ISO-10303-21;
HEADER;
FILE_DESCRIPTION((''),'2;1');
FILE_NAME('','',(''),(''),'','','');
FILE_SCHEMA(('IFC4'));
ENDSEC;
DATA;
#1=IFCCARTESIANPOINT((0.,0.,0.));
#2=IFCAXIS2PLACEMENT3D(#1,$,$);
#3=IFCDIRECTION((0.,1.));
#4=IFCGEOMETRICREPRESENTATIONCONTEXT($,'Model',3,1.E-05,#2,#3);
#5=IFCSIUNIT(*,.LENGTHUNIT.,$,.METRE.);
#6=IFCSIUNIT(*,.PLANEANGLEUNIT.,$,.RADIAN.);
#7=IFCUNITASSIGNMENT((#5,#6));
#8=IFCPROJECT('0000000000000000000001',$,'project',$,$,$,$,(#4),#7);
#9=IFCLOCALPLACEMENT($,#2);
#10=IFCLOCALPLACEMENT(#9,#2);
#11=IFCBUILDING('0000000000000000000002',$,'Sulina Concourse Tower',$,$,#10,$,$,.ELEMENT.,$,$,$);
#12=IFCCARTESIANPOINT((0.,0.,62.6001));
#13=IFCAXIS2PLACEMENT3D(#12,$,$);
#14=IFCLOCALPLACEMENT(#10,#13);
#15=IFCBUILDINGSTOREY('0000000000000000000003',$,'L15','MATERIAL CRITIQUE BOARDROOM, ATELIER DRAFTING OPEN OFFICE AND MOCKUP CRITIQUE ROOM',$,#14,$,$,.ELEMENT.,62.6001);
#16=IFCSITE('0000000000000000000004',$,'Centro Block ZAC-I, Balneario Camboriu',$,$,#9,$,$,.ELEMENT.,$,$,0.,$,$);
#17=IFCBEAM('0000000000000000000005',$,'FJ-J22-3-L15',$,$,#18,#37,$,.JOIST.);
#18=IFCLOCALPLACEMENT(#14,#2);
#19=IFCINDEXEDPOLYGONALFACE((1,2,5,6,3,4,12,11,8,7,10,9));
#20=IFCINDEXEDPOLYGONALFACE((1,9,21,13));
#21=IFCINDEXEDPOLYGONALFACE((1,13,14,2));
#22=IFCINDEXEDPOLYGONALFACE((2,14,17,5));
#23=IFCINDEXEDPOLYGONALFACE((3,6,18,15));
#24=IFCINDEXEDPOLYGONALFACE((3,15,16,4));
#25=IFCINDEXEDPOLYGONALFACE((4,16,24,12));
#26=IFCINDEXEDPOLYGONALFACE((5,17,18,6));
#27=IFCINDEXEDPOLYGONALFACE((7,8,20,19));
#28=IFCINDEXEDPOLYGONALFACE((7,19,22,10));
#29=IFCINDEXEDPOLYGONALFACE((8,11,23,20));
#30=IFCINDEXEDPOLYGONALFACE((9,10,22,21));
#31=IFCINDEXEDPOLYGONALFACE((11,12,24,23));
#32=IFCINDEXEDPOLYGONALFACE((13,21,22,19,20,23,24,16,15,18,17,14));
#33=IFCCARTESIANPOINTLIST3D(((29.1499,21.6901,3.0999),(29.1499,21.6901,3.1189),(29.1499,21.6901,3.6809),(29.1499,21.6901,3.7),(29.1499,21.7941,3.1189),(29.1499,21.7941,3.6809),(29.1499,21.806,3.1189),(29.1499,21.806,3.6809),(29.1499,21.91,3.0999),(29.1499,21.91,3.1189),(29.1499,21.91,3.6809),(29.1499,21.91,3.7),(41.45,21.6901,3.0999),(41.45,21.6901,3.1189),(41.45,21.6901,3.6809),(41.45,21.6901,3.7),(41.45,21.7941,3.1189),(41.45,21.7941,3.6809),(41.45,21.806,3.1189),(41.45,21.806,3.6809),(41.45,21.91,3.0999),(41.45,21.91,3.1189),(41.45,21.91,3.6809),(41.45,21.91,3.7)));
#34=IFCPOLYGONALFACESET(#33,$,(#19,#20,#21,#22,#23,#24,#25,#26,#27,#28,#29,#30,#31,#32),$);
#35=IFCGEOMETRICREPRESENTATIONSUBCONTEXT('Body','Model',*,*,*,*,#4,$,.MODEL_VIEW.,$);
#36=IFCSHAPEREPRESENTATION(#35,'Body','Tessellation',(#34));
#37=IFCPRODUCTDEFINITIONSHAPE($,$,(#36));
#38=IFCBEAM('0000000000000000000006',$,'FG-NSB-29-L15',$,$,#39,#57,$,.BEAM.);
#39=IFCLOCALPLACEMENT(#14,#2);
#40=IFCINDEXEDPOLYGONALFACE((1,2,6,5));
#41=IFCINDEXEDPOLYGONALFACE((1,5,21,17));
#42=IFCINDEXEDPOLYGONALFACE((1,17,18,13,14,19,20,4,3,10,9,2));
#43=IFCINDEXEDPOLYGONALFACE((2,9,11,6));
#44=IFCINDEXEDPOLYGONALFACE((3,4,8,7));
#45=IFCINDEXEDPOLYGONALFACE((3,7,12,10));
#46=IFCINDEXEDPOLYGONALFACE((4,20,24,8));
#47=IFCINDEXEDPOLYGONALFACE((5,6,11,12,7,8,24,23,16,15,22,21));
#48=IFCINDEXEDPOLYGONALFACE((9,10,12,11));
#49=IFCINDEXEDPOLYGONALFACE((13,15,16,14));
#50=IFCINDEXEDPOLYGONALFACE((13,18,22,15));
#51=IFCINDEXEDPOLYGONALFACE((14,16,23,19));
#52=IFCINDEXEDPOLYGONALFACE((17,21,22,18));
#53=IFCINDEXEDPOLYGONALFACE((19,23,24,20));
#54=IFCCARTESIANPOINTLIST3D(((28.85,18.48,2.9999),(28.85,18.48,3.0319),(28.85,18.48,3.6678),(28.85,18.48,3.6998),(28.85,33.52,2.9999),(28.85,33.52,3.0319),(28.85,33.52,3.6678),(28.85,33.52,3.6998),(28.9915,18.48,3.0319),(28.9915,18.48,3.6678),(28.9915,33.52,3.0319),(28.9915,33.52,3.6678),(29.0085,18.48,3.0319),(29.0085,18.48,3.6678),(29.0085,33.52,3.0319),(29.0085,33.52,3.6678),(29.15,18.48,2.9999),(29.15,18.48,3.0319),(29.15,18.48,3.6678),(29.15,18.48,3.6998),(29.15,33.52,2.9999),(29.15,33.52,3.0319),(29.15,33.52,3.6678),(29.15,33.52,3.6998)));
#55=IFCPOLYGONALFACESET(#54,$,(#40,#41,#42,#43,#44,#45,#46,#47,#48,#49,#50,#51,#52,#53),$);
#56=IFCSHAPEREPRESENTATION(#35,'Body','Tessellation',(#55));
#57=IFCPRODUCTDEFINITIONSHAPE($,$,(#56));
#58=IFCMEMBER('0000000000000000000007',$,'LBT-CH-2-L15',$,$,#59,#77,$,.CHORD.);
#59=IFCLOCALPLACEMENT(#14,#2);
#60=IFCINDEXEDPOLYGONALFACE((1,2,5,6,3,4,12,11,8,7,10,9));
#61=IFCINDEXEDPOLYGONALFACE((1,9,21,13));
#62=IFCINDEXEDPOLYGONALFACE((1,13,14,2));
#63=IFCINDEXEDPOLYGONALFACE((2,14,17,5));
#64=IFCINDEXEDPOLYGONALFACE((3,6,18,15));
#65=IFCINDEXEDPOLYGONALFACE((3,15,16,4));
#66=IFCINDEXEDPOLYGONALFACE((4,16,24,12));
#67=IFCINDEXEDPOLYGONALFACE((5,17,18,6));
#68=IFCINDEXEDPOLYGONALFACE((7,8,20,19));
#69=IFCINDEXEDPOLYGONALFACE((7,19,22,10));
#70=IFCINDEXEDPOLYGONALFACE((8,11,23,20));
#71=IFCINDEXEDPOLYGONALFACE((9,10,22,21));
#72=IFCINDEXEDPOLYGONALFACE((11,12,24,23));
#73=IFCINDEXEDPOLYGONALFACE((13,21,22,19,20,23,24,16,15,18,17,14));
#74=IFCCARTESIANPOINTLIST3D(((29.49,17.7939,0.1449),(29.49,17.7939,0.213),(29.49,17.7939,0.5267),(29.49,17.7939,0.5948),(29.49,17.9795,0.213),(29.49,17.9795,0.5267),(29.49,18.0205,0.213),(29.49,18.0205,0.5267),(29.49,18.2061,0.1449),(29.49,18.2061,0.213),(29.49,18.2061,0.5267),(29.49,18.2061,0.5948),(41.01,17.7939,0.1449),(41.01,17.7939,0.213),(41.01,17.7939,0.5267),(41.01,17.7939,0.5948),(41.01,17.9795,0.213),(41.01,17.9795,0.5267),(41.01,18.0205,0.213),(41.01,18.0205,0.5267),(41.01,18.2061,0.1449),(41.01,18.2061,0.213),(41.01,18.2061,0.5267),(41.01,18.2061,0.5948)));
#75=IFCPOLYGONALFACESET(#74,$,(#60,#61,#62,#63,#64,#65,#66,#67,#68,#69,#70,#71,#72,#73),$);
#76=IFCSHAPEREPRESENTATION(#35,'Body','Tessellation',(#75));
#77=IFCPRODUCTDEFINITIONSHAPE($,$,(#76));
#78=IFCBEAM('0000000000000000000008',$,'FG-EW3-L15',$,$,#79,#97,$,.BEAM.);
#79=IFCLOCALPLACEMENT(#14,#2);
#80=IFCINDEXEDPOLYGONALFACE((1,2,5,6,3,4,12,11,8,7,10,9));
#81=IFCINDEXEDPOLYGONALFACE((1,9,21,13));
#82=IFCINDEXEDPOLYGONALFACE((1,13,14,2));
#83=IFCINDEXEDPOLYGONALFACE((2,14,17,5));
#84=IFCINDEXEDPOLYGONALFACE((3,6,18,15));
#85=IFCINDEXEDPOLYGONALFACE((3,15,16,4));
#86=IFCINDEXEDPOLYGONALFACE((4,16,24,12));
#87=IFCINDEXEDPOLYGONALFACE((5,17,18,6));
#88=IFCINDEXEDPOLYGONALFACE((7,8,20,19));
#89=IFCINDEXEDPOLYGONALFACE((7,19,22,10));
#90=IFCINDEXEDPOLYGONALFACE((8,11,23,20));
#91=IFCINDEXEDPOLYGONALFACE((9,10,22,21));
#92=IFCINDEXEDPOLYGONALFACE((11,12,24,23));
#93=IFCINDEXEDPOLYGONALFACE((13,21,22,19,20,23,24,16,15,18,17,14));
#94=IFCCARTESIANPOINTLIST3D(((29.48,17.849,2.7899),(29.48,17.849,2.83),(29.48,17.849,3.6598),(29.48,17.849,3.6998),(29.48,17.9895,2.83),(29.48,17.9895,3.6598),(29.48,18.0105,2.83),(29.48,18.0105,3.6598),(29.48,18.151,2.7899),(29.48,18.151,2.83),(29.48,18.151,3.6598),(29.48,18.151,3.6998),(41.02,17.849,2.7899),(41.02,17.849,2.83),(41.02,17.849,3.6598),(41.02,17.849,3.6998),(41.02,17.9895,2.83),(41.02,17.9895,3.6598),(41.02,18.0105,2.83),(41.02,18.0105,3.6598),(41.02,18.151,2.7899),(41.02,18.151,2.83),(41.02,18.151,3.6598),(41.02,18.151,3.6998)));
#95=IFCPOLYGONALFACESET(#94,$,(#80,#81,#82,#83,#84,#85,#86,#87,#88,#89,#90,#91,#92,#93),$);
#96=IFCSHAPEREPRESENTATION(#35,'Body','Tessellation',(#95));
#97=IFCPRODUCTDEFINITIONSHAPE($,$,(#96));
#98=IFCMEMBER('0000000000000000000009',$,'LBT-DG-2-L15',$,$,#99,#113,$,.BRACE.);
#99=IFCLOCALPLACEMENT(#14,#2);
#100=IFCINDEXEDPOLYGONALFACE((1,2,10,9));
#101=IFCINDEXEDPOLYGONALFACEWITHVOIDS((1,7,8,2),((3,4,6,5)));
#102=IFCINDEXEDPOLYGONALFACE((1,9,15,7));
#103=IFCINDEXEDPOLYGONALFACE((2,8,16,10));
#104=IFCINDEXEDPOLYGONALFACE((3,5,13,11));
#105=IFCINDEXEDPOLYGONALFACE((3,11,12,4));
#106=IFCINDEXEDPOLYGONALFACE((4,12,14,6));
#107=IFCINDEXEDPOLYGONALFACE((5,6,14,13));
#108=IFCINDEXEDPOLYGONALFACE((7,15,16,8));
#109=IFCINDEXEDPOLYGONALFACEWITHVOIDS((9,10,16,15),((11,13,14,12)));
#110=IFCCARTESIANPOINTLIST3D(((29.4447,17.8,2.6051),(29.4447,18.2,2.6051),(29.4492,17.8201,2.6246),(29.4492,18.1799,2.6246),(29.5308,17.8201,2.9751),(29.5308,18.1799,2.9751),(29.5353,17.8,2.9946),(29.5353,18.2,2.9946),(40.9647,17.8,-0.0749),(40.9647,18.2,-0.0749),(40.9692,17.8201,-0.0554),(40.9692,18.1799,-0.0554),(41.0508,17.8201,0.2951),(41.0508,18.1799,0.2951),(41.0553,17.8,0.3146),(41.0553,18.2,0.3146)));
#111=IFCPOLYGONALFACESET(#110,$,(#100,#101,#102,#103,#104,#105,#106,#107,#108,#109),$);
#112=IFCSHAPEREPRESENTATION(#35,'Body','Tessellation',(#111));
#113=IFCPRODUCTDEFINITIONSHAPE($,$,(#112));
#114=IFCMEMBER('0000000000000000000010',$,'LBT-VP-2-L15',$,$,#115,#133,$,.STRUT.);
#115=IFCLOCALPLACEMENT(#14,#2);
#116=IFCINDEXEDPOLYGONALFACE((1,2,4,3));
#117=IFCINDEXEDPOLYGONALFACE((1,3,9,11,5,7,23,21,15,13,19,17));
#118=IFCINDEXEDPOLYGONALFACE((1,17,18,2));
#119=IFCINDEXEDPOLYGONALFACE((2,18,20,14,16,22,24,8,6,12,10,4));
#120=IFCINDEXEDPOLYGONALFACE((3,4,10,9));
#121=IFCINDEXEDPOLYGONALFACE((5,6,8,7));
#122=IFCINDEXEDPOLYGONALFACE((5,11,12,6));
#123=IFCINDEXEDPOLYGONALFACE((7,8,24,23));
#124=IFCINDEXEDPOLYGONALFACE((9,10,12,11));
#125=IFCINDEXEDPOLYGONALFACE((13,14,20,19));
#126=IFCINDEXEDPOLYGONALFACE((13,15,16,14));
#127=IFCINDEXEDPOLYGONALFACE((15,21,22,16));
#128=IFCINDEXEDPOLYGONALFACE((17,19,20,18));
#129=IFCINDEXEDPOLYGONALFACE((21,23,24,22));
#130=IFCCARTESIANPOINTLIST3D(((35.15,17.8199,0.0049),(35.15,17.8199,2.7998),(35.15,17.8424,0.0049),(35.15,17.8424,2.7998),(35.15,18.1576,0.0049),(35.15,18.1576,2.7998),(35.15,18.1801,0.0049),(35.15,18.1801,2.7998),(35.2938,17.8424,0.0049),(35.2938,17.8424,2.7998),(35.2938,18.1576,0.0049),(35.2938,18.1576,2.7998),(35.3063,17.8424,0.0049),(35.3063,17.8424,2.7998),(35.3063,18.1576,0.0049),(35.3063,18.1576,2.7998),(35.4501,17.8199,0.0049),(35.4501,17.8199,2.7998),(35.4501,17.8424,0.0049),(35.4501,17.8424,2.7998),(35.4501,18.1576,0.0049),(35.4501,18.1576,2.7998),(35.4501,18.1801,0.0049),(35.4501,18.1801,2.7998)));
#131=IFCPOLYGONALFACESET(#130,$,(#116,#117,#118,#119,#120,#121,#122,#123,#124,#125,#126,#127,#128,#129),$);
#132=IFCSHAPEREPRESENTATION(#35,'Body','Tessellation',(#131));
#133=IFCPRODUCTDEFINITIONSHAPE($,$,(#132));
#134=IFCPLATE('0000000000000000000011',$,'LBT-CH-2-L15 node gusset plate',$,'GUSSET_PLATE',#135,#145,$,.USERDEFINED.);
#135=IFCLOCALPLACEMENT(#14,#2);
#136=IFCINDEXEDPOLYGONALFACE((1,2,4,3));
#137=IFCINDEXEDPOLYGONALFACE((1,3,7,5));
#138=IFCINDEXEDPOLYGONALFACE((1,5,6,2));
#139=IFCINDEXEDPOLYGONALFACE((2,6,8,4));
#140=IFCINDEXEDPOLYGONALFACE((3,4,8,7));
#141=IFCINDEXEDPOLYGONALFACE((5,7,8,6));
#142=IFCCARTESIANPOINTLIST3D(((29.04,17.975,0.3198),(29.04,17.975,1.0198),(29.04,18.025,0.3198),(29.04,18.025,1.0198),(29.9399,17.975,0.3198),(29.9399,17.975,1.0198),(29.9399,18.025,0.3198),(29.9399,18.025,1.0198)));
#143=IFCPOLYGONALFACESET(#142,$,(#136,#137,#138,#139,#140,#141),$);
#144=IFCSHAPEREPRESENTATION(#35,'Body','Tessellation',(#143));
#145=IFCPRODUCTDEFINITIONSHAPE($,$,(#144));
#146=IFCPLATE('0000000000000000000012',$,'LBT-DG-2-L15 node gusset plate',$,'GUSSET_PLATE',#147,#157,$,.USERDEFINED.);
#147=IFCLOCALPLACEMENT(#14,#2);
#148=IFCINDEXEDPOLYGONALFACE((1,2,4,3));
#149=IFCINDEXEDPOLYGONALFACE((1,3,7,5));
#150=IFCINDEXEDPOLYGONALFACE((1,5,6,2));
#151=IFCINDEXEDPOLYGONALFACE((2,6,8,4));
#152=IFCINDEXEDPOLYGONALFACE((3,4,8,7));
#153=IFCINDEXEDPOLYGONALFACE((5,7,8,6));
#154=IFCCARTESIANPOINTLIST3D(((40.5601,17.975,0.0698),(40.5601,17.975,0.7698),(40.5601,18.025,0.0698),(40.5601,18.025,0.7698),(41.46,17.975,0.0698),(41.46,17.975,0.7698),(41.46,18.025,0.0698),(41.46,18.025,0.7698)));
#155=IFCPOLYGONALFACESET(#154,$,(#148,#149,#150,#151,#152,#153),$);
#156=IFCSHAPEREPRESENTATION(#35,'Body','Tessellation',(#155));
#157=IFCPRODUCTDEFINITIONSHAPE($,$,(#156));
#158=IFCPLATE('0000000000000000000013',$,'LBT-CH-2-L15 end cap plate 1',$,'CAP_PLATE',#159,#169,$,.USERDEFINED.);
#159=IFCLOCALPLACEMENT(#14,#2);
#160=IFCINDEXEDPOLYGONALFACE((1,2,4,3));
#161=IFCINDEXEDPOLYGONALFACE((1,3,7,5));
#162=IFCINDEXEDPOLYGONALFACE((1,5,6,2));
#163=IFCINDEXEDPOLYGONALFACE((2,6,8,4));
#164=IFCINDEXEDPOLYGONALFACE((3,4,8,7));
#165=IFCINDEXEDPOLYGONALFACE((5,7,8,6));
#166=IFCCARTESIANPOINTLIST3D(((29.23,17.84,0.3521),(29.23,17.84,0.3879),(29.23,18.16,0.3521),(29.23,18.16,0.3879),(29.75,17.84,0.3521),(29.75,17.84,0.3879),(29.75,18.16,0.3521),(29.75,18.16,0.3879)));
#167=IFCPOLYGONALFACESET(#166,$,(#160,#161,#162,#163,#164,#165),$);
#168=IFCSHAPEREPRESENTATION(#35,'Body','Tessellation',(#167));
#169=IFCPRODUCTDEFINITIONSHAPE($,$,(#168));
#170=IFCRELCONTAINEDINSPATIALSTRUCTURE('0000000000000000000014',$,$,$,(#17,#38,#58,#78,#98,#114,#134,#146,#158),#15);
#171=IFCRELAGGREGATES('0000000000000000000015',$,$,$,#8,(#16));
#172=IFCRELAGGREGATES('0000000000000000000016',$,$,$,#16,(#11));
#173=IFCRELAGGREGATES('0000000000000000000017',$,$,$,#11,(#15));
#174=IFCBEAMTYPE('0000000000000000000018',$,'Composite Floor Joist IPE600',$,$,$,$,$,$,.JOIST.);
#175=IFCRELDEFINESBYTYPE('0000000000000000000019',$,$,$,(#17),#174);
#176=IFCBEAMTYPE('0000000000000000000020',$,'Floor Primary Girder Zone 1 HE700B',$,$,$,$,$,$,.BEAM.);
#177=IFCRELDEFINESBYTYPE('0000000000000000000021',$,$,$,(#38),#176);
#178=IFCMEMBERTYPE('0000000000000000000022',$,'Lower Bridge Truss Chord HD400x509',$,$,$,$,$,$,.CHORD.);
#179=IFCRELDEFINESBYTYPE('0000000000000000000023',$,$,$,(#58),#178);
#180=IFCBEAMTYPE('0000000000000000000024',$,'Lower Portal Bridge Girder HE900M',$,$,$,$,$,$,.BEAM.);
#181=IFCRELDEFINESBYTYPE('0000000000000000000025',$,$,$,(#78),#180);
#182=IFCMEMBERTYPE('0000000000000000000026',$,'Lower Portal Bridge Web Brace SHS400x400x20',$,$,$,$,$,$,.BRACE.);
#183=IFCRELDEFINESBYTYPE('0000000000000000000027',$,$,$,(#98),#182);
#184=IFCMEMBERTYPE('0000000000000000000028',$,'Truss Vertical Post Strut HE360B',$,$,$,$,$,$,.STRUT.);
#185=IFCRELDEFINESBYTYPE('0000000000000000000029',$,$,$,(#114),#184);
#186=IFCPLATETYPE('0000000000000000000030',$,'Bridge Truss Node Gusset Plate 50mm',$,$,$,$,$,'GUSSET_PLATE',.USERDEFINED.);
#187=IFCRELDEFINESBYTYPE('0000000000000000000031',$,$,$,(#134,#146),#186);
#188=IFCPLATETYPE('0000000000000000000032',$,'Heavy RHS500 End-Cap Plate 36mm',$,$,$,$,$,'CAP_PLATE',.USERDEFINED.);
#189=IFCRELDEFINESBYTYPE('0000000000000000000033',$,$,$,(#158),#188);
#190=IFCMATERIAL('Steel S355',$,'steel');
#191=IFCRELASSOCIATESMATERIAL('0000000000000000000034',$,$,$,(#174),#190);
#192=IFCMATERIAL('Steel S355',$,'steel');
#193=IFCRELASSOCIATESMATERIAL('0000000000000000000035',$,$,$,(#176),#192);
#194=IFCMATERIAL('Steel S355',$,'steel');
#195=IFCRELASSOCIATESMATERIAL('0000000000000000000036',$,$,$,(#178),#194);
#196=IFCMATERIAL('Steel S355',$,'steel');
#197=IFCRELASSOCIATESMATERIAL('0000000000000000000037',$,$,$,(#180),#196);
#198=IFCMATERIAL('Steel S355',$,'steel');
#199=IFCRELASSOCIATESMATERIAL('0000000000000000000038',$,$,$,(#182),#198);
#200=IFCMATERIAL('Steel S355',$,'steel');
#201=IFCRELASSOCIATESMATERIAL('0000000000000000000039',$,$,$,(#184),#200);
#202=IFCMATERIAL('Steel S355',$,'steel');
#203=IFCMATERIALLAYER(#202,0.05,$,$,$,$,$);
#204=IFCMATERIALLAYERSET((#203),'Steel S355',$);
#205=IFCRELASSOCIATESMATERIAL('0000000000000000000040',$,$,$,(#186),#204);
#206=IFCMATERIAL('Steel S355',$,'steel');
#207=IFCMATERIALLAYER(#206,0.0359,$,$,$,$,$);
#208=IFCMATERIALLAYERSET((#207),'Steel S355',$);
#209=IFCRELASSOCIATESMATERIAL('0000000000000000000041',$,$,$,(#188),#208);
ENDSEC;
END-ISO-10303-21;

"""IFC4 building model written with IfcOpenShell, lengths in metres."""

from ifc_helpers import new_model, si_unit, direction, frame, origin, origin_2d, place, context, subcontext, project, spatial, rectangle, hollow_rectangle, i_section, extrude, material, layer, layer_set, material_profile, profile_set, type_object, element, save


model = new_model("IFC4")

# Units and contexts
model_context = context("Model", 3, precision=1e-05, world=origin(), true_north=direction((0.0, 1.0)))
body_context = subcontext(model_context, "Body", "Model", "MODEL_VIEW")
ifc_project = project(units=[si_unit("LENGTHUNIT", "METRE"), si_unit("PLANEANGLEUNIT", "RADIAN")], contexts=[model_context])

# Site, building, storey
site_placement = place(None, origin())
site = spatial("IfcSite", under=ifc_project, at=site_placement, Name="Centro Block ZAC-I, Balneario Camboriu", CompositionType="ELEMENT", RefElevation=0.0)
building_placement = place(site_placement, origin())
building = spatial("IfcBuilding", under=site, at=building_placement, Name="Sulina Concourse Tower", CompositionType="ELEMENT")
storey_placement = place(building_placement, frame((0.0, 0.0, 62.6001)))
storey = spatial("IfcBuildingStorey", under=building, at=storey_placement, Name="L15", Description="MATERIAL CRITIQUE BOARDROOM, ATELIER DRAFTING OPEN OFFICE AND MOCKUP CRITIQUE ROOM", CompositionType="ELEMENT", Elevation=62.6001)

# Beams
ifc_material_1 = material(Name="Steel S355", Category="steel")
ifc_material_profile_1 = material_profile(ifc_material_1, i_section(OverallWidth=0.22, OverallDepth=0.6001, WebThickness=0.012, FlangeThickness=0.019, at=origin_2d()), Name="IPE 600")
ifc_profile_set_1 = profile_set([ifc_material_profile_1], Name="Steel S355")
beam_type_1 = type_object("IfcBeamType", Name="Composite Floor Joist IPE600", PredefinedType="JOIST", material=ifc_profile_set_1)
beam_1_placement = place(storey_placement, frame((29.1499, 21.8, 3.3999), z_axis=(1.0, 0.0, 0.0), x_axis=(0.0, 1.0, 0.0)))
element("IfcBeam", 1, at=beam_1_placement, inside=storey, type_object=beam_type_1, Name="FJ-J22-3-L15", PredefinedType="JOIST", context=body_context, shape_type="SweptSolid", body=[
    extrude(i_section(OverallWidth=0.22, OverallDepth=0.6001, WebThickness=0.012, FlangeThickness=0.019, at=origin_2d()), origin(), (0.0, 0.0, 1.0), 12.3),
])
ifc_material_2 = material(Name="Steel S355", Category="steel")
ifc_material_profile_2 = material_profile(ifc_material_2, i_section(OverallWidth=0.3, OverallDepth=0.7, WebThickness=0.0171, FlangeThickness=0.032, at=origin_2d()), Name="HE 700 B")
ifc_profile_set_2 = profile_set([ifc_material_profile_2], Name="Steel S355")
beam_type_2 = type_object("IfcBeamType", Name="Floor Primary Girder Zone 1 HE700B", PredefinedType="BEAM", material=ifc_profile_set_2)
beam_2_placement = place(storey_placement, frame((29.0, 18.48, 3.3499), z_axis=(0.0, 1.0, 0.0), x_axis=(-1.0, 0.0, 0.0)))
element("IfcBeam", 2, at=beam_2_placement, inside=storey, type_object=beam_type_2, Name="FG-NSB-29-L15", PredefinedType="BEAM", context=body_context, shape_type="SweptSolid", body=[
    extrude(i_section(OverallWidth=0.3, OverallDepth=0.7, WebThickness=0.0171, FlangeThickness=0.032, at=origin_2d()), origin(), (0.0, 0.0, 1.0), 15.04),
])

# Member
ifc_material_3 = material(Name="Steel S355", Category="steel")
ifc_material_profile_3 = material_profile(ifc_material_3, i_section(OverallWidth=0.4121, OverallDepth=0.45, WebThickness=0.041, FlangeThickness=0.0681, at=origin_2d()), Name="HD 400x509")
ifc_profile_set_3 = profile_set([ifc_material_profile_3], Name="Steel S355")
member_type_1 = type_object("IfcMemberType", Name="Lower Bridge Truss Chord HD400x509", PredefinedType="CHORD", material=ifc_profile_set_3)
member_1_placement = place(storey_placement, frame((29.49, 18.0, 0.3699), z_axis=(1.0, 0.0, 0.0), x_axis=(0.0, 1.0, 0.0)))
element("IfcMember", 3, at=member_1_placement, inside=storey, type_object=member_type_1, Name="LBT-CH-2-L15", PredefinedType="CHORD", context=body_context, shape_type="SweptSolid", body=[
    extrude(i_section(OverallWidth=0.4121, OverallDepth=0.45, WebThickness=0.041, FlangeThickness=0.0681, at=origin_2d()), origin(), (0.0, 0.0, 1.0), 11.52),
])

# Beam
ifc_material_4 = material(Name="Steel S355", Category="steel")
ifc_material_profile_4 = material_profile(ifc_material_4, i_section(OverallWidth=0.302, OverallDepth=0.9099, WebThickness=0.021, FlangeThickness=0.04, at=origin_2d()), Name="HE 900 M")
ifc_profile_set_4 = profile_set([ifc_material_profile_4], Name="Steel S355")
beam_type_3 = type_object("IfcBeamType", Name="Lower Portal Bridge Girder HE900M", PredefinedType="BEAM", material=ifc_profile_set_4)
beam_3_placement = place(storey_placement, frame((29.48, 18.0, 3.2449), z_axis=(1.0, 0.0, 0.0), x_axis=(0.0, 1.0, 0.0)))
element("IfcBeam", 4, at=beam_3_placement, inside=storey, type_object=beam_type_3, Name="FG-EW3-L15", PredefinedType="BEAM", context=body_context, shape_type="SweptSolid", body=[
    extrude(i_section(OverallWidth=0.302, OverallDepth=0.9099, WebThickness=0.021, FlangeThickness=0.04, at=origin_2d()), origin(), (0.0, 0.0, 1.0), 11.54),
])

# Members
ifc_material_5 = material(Name="Steel S355", Category="steel")
ifc_material_profile_5 = material_profile(ifc_material_5, hollow_rectangle(XDim=0.3999, YDim=0.3999, WallThickness=0.02, at=origin_2d()), Name="SHS 400x400x20")
ifc_profile_set_5 = profile_set([ifc_material_profile_5], Name="Steel S355")
member_type_2 = type_object("IfcMemberType", Name="Lower Portal Bridge Web Brace SHS400x400x20", PredefinedType="BRACE", material=ifc_profile_set_5)
member_2_placement = place(storey_placement, frame((41.01, 18.0, 0.1199), z_axis=(-0.973992, 0.0, 0.226582), x_axis=(0.0, -1.0, 0.0)))
element("IfcMember", 5, at=member_2_placement, inside=storey, type_object=member_type_2, Name="LBT-DG-2-L15", PredefinedType="BRACE", context=body_context, shape_type="SweptSolid", body=[
    extrude(hollow_rectangle(XDim=0.3999, YDim=0.3999, WallThickness=0.02, at=origin_2d()), origin(), (0.0, 0.0, 1.0), 11.8276),
])
ifc_material_6 = material(Name="Steel S355", Category="steel")
ifc_material_profile_6 = material_profile(ifc_material_6, i_section(OverallWidth=0.3, OverallDepth=0.3601, WebThickness=0.0125, FlangeThickness=0.0225, at=origin_2d()), Name="HE 360 B")
ifc_profile_set_6 = profile_set([ifc_material_profile_6], Name="Steel S355")
member_type_3 = type_object("IfcMemberType", Name="Truss Vertical Post Strut HE360B", PredefinedType="STRUT", material=ifc_profile_set_6)
member_3_placement = place(storey_placement, frame((35.3, 18.0, 0.0049), z_axis=(0.0, 0.0, 1.0), x_axis=(1.0, 0.0, 0.0)))
element("IfcMember", 6, at=member_3_placement, inside=storey, type_object=member_type_3, Name="LBT-VP-2-L15", PredefinedType="STRUT", context=body_context, shape_type="SweptSolid", body=[
    extrude(i_section(OverallWidth=0.3, OverallDepth=0.3601, WebThickness=0.0125, FlangeThickness=0.0225, at=origin_2d()), origin(), (0.0, 0.0, 1.0), 2.7949),
])

# Plates
ifc_material_7 = material(Name="Steel S355", Category="steel")
ifc_layer_1 = layer(ifc_material_7, 0.05)
ifc_layer_set_1 = layer_set([ifc_layer_1], Name="Steel S355")
plate_type_1 = type_object("IfcPlateType", Name="Bridge Truss Node Gusset Plate 50mm", ElementType="GUSSET_PLATE", PredefinedType="USERDEFINED", material=ifc_layer_set_1)
for number, where, z_axis, x_axis, name in (
    (7, (29.49, 18.0, 0.3198), (0.0, 0.0, 1.0), (1.0, 0.0, 0.0), "LBT-CH-2-L15 node gusset plate"),
    (8, (41.01, 18.0, 0.0698), (0.0, 0.0, 1.0), (1.0, 0.0, 0.0), "LBT-DG-2-L15 node gusset plate"),
):
    element("IfcPlate", number, at=place(storey_placement, frame(where, z_axis=z_axis, x_axis=x_axis)), inside=storey, type_object=plate_type_1, Name=name, ObjectType="GUSSET_PLATE", PredefinedType="USERDEFINED", context=body_context, shape_type="SweptSolid", body=[
        extrude(rectangle(XDim=0.8999, YDim=0.05, at=origin_2d()), origin(), (0.0, 0.0, 1.0), 0.7),
    ])
ifc_material_8 = material(Name="Steel S355", Category="steel")
ifc_layer_2 = layer(ifc_material_8, 0.0359)
ifc_layer_set_2 = layer_set([ifc_layer_2], Name="Steel S355")
plate_type_2 = type_object("IfcPlateType", Name="Heavy RHS500 End-Cap Plate 36mm", ElementType="CAP_PLATE", PredefinedType="USERDEFINED", material=ifc_layer_set_2)
for number, where, z_axis, x_axis, name in (
    (9, (29.49, 18.0, 0.3521), (0.0, 0.0, 1.0), (1.0, 0.0, 0.0), "LBT-CH-2-L15 end cap plate 1"),
):
    element("IfcPlate", number, at=place(storey_placement, frame(where, z_axis=z_axis, x_axis=x_axis)), inside=storey, type_object=plate_type_2, Name=name, ObjectType="CAP_PLATE", PredefinedType="USERDEFINED", context=body_context, shape_type="SweptSolid", body=[
        extrude(rectangle(XDim=0.52, YDim=0.3201, at=origin_2d()), origin(), (0.0, 0.0, 1.0), 0.0359),
    ])

save(model, "model.ifc")
